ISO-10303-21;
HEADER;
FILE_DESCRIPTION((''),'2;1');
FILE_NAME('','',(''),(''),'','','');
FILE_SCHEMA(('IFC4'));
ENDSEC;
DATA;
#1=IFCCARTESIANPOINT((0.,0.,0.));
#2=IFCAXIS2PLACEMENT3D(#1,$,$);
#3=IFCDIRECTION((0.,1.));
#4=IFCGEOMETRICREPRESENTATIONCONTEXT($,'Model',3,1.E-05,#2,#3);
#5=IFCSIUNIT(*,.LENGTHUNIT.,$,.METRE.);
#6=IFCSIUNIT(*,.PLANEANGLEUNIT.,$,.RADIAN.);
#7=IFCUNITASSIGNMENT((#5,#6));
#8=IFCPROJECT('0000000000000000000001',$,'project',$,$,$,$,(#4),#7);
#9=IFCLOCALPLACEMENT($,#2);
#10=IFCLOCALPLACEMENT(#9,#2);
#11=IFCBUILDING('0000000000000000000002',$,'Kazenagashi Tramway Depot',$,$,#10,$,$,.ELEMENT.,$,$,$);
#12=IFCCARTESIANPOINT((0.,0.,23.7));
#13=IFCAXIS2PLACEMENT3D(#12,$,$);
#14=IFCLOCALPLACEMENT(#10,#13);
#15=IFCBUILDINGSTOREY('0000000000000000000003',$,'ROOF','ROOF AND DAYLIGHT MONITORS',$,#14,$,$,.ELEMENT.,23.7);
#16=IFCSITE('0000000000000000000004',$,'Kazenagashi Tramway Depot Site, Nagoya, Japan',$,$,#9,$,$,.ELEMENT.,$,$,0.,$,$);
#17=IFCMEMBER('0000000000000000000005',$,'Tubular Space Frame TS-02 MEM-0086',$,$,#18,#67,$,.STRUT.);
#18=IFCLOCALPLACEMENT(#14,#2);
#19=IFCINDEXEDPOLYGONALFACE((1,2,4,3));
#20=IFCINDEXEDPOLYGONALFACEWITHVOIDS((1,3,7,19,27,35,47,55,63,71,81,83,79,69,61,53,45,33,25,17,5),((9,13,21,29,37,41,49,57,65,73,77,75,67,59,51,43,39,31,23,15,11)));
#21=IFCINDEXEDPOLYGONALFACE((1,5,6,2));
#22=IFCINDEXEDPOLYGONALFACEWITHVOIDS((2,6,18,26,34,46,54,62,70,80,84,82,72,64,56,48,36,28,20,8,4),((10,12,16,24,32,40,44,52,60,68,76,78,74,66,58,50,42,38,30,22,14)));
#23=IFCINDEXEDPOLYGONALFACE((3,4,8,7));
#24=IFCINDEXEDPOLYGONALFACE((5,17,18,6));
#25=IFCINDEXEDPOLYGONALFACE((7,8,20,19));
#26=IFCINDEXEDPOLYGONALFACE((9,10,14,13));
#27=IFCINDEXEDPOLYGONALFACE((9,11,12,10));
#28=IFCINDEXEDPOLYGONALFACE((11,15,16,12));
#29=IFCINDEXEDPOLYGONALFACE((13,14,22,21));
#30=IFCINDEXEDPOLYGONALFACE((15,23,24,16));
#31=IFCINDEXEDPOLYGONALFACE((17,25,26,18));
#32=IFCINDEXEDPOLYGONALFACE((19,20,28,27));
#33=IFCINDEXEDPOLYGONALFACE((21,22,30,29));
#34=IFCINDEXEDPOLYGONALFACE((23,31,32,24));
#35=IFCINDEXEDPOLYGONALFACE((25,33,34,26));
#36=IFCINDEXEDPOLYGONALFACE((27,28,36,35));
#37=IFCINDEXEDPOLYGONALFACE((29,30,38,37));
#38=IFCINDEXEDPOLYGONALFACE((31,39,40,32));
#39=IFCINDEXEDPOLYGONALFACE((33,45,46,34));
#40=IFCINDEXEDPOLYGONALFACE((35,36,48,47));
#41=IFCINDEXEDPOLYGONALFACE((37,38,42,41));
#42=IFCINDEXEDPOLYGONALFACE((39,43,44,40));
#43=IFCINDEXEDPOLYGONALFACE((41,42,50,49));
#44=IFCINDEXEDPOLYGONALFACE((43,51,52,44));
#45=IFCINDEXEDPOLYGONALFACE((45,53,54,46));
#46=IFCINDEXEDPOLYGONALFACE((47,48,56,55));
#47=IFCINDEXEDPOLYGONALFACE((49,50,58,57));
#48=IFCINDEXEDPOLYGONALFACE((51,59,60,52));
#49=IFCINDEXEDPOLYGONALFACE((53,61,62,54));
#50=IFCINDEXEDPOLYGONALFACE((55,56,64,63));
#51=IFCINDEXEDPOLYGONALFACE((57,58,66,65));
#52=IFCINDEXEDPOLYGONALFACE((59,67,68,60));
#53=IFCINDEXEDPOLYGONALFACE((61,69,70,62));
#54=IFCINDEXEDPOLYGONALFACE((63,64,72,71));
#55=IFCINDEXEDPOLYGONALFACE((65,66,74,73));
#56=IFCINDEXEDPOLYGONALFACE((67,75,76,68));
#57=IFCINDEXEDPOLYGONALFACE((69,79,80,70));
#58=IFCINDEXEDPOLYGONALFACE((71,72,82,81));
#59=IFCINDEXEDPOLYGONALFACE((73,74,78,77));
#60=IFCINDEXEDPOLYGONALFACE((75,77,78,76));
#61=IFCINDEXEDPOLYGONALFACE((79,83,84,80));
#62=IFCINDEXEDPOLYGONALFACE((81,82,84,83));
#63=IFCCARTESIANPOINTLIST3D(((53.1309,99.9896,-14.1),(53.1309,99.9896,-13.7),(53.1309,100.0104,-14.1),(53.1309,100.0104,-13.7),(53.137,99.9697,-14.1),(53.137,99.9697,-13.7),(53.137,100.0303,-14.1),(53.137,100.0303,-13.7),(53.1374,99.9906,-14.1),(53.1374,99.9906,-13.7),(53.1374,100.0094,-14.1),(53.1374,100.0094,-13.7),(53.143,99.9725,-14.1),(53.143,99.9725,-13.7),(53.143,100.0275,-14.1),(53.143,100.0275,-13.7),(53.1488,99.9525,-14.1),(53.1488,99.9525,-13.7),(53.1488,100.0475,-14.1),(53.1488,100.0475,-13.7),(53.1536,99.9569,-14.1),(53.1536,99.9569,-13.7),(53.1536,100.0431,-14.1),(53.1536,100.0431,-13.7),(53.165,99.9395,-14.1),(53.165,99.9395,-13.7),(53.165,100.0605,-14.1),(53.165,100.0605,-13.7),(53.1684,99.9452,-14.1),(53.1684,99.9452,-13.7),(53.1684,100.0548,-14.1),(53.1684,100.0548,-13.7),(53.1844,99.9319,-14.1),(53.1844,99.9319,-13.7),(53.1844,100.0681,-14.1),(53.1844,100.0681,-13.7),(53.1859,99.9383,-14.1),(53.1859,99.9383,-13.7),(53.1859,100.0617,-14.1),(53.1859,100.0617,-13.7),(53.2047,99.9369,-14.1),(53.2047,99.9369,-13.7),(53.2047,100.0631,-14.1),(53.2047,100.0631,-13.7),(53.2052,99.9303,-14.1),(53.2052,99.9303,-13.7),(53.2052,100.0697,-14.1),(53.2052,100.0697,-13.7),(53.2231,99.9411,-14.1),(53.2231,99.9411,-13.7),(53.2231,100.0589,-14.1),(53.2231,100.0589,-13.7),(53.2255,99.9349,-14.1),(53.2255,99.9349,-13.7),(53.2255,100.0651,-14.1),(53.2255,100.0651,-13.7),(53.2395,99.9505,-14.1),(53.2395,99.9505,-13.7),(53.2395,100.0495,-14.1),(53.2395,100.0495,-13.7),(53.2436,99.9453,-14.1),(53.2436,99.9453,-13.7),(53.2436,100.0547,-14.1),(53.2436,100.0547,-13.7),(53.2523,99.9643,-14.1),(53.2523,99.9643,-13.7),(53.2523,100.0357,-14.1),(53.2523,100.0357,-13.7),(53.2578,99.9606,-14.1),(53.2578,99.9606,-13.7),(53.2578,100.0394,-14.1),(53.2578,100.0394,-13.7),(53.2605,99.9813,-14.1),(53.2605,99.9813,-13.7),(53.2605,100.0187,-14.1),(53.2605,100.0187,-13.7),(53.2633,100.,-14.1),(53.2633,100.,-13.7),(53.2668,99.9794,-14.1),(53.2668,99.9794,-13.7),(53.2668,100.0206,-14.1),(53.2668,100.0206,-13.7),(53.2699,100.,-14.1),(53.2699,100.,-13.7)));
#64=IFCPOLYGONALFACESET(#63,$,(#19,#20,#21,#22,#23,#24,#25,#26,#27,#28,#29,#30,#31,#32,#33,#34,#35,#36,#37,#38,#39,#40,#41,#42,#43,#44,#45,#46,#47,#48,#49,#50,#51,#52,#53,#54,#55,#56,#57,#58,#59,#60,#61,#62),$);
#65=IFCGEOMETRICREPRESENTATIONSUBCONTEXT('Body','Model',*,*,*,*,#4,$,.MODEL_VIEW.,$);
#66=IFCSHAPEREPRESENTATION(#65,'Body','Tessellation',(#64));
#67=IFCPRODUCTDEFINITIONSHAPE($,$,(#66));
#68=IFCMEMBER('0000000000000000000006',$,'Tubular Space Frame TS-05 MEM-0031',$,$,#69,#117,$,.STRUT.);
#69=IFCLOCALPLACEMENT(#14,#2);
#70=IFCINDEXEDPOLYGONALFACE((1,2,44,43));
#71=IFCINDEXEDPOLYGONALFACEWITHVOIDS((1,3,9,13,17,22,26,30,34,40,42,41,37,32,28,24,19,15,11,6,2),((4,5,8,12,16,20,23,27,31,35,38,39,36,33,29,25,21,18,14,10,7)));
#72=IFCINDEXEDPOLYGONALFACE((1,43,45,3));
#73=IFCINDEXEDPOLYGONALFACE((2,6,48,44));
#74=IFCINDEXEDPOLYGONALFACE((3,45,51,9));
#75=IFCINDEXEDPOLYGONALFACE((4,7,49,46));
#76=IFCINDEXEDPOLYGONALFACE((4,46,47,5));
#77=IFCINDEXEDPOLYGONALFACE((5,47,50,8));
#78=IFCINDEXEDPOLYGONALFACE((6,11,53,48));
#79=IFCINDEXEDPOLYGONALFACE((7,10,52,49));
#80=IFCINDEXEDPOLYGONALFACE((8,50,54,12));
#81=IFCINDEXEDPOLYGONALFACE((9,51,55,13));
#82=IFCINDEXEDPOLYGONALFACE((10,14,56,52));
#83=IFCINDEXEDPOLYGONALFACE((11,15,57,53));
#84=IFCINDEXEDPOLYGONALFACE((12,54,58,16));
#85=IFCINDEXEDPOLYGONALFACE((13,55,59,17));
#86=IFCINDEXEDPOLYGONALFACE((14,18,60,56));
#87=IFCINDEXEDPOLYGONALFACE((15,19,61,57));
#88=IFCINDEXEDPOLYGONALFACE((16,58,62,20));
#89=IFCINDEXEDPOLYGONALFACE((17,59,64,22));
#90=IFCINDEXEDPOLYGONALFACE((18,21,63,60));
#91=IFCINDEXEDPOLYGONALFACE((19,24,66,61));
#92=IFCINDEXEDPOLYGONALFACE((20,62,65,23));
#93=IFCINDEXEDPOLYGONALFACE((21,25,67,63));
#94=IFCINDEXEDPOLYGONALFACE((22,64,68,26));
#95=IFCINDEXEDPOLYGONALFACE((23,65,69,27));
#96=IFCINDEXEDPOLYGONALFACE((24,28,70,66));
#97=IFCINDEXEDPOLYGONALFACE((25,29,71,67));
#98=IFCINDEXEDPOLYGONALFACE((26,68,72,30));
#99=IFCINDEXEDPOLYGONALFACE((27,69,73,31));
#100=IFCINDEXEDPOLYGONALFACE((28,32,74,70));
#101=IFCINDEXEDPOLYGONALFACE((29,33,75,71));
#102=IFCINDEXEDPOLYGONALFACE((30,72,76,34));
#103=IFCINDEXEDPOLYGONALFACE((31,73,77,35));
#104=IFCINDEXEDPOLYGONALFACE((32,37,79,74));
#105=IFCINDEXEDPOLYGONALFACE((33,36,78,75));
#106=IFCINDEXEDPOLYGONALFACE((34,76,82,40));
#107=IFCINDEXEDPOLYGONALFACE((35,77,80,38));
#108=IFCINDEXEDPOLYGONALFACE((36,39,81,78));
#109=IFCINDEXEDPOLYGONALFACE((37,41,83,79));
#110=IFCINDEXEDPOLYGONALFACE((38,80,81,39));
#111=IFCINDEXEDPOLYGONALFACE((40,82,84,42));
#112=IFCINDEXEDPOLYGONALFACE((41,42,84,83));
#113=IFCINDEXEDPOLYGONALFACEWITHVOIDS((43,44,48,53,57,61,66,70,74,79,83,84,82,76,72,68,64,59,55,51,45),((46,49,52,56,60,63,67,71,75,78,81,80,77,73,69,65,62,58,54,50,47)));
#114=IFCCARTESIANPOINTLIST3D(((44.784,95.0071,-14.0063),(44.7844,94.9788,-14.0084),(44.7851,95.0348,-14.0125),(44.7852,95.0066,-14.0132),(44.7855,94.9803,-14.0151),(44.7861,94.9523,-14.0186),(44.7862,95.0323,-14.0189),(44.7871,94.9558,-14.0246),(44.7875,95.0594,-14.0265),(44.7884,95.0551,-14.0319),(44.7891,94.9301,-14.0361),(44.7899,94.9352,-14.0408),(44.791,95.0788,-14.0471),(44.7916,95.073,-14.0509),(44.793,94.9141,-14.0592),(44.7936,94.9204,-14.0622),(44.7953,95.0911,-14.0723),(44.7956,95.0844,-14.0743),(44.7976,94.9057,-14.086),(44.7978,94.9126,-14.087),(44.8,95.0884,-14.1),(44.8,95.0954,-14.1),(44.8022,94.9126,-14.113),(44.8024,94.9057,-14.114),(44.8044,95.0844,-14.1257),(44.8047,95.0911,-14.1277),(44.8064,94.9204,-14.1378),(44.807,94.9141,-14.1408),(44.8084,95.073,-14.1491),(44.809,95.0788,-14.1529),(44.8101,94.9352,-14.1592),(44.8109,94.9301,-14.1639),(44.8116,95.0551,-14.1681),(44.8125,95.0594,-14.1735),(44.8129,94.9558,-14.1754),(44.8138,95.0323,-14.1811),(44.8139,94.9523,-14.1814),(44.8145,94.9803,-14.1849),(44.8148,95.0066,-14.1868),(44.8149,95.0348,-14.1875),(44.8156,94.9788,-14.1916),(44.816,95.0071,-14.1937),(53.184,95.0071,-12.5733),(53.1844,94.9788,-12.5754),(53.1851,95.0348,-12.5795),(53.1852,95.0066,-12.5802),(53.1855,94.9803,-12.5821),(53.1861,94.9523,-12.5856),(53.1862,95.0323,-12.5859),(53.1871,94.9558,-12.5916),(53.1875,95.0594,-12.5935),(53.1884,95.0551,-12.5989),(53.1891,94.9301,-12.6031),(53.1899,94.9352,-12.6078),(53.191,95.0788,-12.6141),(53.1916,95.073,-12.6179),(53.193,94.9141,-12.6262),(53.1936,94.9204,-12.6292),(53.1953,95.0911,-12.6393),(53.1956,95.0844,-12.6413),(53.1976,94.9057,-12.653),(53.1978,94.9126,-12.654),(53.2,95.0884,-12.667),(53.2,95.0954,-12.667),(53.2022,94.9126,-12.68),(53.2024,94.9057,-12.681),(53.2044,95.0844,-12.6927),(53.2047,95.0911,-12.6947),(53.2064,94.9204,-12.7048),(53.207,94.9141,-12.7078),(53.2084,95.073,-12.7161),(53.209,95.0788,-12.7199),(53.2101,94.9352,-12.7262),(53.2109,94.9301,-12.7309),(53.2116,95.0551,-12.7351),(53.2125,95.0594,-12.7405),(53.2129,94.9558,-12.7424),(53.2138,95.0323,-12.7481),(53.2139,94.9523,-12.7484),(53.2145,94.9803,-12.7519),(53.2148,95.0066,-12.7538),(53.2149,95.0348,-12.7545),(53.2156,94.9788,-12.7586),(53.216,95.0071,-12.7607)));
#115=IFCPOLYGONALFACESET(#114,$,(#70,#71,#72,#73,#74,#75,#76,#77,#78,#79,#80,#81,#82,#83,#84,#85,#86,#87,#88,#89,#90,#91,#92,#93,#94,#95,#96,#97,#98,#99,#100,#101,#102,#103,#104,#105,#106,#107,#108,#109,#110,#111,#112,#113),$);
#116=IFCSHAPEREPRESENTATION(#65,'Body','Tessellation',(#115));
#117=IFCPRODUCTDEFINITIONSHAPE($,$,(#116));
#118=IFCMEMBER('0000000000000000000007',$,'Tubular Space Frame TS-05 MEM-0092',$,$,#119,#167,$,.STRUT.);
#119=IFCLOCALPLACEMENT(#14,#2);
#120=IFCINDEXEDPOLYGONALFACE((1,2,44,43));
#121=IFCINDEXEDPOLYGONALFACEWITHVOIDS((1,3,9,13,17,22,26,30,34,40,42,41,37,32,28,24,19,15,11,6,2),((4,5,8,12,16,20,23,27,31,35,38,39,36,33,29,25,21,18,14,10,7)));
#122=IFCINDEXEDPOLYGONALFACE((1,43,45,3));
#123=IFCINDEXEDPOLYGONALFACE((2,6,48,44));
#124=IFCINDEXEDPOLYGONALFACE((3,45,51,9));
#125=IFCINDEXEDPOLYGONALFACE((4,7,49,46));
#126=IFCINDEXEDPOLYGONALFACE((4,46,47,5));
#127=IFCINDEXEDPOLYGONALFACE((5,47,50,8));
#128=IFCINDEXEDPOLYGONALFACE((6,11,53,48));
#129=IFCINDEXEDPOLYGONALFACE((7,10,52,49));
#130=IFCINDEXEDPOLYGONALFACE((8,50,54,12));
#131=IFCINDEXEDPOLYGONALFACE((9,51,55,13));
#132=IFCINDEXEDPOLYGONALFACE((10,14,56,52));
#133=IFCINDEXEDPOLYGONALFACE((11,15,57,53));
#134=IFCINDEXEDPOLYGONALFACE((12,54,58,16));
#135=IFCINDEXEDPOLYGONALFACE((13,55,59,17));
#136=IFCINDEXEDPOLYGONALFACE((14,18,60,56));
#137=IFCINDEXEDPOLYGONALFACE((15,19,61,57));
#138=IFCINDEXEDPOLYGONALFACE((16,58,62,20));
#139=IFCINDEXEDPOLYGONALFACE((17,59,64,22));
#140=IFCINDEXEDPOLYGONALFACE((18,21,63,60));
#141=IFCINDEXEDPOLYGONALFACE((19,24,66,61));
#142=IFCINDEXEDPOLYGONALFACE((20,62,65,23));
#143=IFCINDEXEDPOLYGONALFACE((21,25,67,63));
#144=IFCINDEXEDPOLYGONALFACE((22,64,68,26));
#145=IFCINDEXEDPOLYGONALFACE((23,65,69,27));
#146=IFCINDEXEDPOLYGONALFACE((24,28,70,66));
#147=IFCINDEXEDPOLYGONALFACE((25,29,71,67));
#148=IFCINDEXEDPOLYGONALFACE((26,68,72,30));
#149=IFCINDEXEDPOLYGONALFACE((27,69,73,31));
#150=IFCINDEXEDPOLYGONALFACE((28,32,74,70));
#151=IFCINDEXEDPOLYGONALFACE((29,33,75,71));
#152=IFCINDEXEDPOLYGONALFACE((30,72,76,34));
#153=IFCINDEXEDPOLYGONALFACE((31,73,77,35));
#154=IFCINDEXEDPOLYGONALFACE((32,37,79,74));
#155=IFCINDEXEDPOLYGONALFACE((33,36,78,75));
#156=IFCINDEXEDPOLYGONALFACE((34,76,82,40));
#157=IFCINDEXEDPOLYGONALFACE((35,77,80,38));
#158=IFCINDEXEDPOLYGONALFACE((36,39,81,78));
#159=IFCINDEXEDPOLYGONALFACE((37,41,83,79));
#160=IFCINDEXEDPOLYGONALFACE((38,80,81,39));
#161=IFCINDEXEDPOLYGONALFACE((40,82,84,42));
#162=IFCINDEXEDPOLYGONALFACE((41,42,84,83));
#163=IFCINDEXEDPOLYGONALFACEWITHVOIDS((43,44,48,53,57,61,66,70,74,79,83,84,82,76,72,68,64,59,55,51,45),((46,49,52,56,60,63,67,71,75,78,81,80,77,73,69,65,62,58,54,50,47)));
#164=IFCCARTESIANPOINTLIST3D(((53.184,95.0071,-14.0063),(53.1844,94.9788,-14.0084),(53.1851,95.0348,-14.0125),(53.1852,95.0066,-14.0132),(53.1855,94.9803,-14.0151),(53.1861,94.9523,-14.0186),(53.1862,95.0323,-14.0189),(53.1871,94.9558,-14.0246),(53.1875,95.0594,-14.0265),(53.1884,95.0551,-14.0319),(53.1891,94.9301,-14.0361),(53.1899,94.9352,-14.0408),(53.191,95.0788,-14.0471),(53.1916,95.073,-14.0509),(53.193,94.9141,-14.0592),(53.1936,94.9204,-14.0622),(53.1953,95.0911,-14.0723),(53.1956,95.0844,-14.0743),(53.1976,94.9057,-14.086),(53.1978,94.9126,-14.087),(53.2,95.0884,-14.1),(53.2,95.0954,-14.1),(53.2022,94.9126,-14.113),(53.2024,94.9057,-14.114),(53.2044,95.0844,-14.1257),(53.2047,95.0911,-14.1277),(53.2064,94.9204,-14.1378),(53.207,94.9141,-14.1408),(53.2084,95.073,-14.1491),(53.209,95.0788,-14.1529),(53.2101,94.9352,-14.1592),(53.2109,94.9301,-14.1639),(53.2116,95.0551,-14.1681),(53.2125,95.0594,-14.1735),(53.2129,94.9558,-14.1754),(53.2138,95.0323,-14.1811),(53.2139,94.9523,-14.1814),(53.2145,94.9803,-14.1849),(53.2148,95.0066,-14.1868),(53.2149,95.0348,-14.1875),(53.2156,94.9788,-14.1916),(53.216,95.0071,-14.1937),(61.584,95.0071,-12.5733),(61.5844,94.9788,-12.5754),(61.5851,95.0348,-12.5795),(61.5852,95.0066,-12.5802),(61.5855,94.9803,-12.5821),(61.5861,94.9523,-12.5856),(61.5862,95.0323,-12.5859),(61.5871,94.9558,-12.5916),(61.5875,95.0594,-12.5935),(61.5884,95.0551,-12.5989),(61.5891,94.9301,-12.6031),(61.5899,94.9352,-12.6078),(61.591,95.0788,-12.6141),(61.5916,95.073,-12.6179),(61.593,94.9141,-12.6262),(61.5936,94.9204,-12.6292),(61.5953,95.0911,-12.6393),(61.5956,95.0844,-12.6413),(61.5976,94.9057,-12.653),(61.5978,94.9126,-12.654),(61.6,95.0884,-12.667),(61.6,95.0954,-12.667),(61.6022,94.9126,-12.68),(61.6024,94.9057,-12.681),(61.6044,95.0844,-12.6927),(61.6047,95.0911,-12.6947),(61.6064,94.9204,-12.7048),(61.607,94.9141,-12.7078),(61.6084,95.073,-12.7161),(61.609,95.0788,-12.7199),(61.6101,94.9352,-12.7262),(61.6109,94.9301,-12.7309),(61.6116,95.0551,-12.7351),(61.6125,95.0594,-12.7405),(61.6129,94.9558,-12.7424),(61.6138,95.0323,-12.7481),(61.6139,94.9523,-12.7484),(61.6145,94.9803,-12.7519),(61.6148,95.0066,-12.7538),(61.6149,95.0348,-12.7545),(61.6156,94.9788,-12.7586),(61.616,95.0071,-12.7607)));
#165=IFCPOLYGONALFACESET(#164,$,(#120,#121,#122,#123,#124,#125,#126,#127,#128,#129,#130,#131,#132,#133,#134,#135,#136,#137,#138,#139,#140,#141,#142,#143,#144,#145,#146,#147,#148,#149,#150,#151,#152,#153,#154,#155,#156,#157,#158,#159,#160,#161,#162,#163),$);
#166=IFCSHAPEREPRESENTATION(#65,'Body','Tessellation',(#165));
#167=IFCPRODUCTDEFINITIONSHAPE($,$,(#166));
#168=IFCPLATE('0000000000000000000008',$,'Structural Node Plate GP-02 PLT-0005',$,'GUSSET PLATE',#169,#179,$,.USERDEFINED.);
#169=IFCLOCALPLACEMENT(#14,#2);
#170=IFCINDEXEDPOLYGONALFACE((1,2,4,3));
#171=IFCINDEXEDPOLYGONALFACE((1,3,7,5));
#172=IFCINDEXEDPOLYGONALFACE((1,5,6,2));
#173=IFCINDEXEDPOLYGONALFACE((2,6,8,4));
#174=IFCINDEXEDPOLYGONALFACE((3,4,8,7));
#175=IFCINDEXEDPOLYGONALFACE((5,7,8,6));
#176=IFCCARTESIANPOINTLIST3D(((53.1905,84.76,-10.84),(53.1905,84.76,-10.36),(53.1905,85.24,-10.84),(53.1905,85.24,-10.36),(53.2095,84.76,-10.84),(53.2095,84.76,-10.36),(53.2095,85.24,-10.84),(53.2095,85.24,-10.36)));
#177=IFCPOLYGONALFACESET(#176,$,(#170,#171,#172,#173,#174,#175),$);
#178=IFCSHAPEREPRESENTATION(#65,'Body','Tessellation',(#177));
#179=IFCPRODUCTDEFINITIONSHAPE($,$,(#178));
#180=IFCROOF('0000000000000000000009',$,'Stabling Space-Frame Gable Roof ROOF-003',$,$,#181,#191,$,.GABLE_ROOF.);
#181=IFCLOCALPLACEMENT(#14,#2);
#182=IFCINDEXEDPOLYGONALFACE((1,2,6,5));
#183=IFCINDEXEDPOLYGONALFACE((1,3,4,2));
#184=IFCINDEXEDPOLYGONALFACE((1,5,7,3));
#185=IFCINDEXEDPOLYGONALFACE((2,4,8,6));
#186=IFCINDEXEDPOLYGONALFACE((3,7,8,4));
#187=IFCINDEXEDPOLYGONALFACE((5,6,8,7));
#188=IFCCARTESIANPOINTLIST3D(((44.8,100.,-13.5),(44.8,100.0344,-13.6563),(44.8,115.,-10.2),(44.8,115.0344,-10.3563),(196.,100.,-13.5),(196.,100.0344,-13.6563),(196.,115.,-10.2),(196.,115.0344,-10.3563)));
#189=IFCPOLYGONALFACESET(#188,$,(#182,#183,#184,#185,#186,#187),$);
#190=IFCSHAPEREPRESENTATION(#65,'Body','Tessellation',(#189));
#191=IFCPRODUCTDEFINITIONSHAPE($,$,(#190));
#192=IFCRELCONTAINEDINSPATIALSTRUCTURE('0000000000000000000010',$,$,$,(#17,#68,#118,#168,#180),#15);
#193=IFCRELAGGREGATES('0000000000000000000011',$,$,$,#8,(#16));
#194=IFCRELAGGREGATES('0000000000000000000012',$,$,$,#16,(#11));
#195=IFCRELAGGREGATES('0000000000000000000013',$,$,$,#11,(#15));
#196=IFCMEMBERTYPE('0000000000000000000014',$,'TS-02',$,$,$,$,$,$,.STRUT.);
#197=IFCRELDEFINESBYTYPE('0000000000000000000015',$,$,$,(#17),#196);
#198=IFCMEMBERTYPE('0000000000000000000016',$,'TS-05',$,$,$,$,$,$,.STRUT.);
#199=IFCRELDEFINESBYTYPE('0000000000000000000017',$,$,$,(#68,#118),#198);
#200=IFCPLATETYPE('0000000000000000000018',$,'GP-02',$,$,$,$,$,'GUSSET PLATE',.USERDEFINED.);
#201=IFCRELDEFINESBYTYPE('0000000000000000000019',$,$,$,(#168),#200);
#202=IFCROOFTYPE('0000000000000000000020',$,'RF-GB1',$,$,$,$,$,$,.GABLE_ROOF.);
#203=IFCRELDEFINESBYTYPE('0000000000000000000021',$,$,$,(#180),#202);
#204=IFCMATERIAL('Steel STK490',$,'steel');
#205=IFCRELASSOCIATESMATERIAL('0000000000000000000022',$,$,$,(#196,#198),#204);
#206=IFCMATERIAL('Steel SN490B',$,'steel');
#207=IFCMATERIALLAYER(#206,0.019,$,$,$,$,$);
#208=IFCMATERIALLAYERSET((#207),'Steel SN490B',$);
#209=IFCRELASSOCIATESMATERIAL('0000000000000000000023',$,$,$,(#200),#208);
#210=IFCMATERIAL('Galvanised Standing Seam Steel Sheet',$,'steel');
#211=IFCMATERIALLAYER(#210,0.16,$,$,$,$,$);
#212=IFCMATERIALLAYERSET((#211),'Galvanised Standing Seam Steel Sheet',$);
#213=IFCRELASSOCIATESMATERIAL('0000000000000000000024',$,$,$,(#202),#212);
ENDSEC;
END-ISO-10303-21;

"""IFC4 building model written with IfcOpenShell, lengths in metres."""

from ifc_helpers import new_model, si_unit, direction, frame, origin, origin_2d, place, context, subcontext, project, spatial, polyline, rectangle, hollow_circle, outline, extrude, material, layer, layer_set, material_profile, profile_set, type_object, element, save


model = new_model("IFC4")

# Units and contexts
model_context = context("Model", 3, precision=1e-05, world=origin(), true_north=direction((0.0, 1.0)))
body_context = subcontext(model_context, "Body", "Model", "MODEL_VIEW")
ifc_project = project(units=[si_unit("LENGTHUNIT", "METRE"), si_unit("PLANEANGLEUNIT", "RADIAN")], contexts=[model_context])

# Site, building, storey
site_placement = place(None, origin())
site = spatial("IfcSite", under=ifc_project, at=site_placement, Name="Kazenagashi Tramway Depot Site, Nagoya, Japan", CompositionType="ELEMENT", RefElevation=0.0)
building_placement = place(site_placement, origin())
building = spatial("IfcBuilding", under=site, at=building_placement, Name="Kazenagashi Tramway Depot", CompositionType="ELEMENT")
storey_placement = place(building_placement, frame((0.0, 0.0, 23.7)))
storey = spatial("IfcBuildingStorey", under=building, at=storey_placement, Name="ROOF", Description="ROOF AND DAYLIGHT MONITORS", CompositionType="ELEMENT", Elevation=23.7)

# Members
ifc_material_1 = material(Name="Steel STK490", Category="steel")
ifc_material_profile_1 = material_profile(ifc_material_1, hollow_circle(Radius=0.0699, WallThickness=0.0066, at=origin_2d()), Name="CHS-139.8x6.6")
ifc_profile_set_1 = profile_set([ifc_material_profile_1], Name="Steel STK490")
member_type_1 = type_object("IfcMemberType", Name="TS-02", PredefinedType="STRUT", material=ifc_profile_set_1)
member_1_placement = place(storey_placement, frame((53.2, 100.0, -14.1), z_axis=(0.0, 0.0, 1.0), x_axis=(1.0, 0.0, 0.0)))
element("IfcMember", 1, at=member_1_placement, inside=storey, type_object=member_type_1, Name="Tubular Space Frame TS-02 MEM-0086", PredefinedType="STRUT", context=body_context, shape_type="SweptSolid", body=[
    extrude(hollow_circle(Radius=0.0699, WallThickness=0.0066, at=origin_2d()), origin(), (0.0, 0.0, 1.0), 0.4),
])
ifc_material_profile_2 = material_profile(ifc_material_1, hollow_circle(Radius=0.0954, WallThickness=0.007, at=origin_2d()), Name="CHS-190.7x7.0")
ifc_profile_set_2 = profile_set([ifc_material_profile_2], Name="Steel STK490")
member_type_2 = type_object("IfcMemberType", Name="TS-05", PredefinedType="STRUT", material=ifc_profile_set_2)
for number, where, z_axis, x_axis, name in (
    (2, (44.8, 95.0, -14.1), (0.985759, 0.0, 0.168166), (0.0, 1.0, 0.0), "Tubular Space Frame TS-05 MEM-0031"),
    (3, (53.2, 95.0, -14.1), (0.985759, 0.0, 0.168166), (0.0, 1.0, 0.0), "Tubular Space Frame TS-05 MEM-0092"),
):
    element("IfcMember", number, at=place(storey_placement, frame(where, z_axis=z_axis, x_axis=x_axis)), inside=storey, type_object=member_type_2, Name=name, PredefinedType="STRUT", context=body_context, shape_type="SweptSolid", body=[
        extrude(hollow_circle(Radius=0.0954, WallThickness=0.007, at=origin_2d()), origin(), (0.0, 0.0, 1.0), 8.5214),
    ])

# Plate
ifc_material_2 = material(Name="Steel SN490B", Category="steel")
ifc_layer_1 = layer(ifc_material_2, 0.019)
ifc_layer_set_1 = layer_set([ifc_layer_1], Name="Steel SN490B")
plate_type = type_object("IfcPlateType", Name="GP-02", ElementType="GUSSET PLATE", PredefinedType="USERDEFINED", material=ifc_layer_set_1)
plate_placement = place(storey_placement, frame((53.2, 85.0, -10.84), z_axis=(0.0, 0.0, 1.0), x_axis=(0.0, 1.0, 0.0)))
element("IfcPlate", 4, at=plate_placement, inside=storey, type_object=plate_type, Name="Structural Node Plate GP-02 PLT-0005", ObjectType="GUSSET PLATE", PredefinedType="USERDEFINED", context=body_context, shape_type="SweptSolid", body=[
    extrude(rectangle(XDim=0.48, YDim=0.019, at=origin_2d()), origin(), (0.0, 0.0, 1.0), 0.48),
])

# Roof
ifc_material_3 = material(Name="Galvanised Standing Seam Steel Sheet", Category="steel")
ifc_layer_2 = layer(ifc_material_3, 0.16)
ifc_layer_set_2 = layer_set([ifc_layer_2], Name="Galvanised Standing Seam Steel Sheet")
roof_type = type_object("IfcRoofType", Name="RF-GB1", PredefinedType="GABLE_ROOF", material=ifc_layer_set_2)
roof_placement = place(storey_placement, frame((44.8, 100.0, -13.5), z_axis=(0.0, -0.214862, 0.976644), x_axis=(1.0, 0.0, 0.0)))
element("IfcRoof", 5, at=roof_placement, inside=storey, type_object=roof_type, Name="Stabling Space-Frame Gable Roof ROOF-003", PredefinedType="GABLE_ROOF", context=body_context, shape_type="SweptSolid", body=[
    extrude(outline(polyline([(0.0, 0.0), (151.2, 0.0), (151.2, 15.3587), (0.0, 15.3587), (0.0, 0.0)])), origin(), (0.0, 0.0, -1.0), 0.16),
])

save(model, "model.ifc")
